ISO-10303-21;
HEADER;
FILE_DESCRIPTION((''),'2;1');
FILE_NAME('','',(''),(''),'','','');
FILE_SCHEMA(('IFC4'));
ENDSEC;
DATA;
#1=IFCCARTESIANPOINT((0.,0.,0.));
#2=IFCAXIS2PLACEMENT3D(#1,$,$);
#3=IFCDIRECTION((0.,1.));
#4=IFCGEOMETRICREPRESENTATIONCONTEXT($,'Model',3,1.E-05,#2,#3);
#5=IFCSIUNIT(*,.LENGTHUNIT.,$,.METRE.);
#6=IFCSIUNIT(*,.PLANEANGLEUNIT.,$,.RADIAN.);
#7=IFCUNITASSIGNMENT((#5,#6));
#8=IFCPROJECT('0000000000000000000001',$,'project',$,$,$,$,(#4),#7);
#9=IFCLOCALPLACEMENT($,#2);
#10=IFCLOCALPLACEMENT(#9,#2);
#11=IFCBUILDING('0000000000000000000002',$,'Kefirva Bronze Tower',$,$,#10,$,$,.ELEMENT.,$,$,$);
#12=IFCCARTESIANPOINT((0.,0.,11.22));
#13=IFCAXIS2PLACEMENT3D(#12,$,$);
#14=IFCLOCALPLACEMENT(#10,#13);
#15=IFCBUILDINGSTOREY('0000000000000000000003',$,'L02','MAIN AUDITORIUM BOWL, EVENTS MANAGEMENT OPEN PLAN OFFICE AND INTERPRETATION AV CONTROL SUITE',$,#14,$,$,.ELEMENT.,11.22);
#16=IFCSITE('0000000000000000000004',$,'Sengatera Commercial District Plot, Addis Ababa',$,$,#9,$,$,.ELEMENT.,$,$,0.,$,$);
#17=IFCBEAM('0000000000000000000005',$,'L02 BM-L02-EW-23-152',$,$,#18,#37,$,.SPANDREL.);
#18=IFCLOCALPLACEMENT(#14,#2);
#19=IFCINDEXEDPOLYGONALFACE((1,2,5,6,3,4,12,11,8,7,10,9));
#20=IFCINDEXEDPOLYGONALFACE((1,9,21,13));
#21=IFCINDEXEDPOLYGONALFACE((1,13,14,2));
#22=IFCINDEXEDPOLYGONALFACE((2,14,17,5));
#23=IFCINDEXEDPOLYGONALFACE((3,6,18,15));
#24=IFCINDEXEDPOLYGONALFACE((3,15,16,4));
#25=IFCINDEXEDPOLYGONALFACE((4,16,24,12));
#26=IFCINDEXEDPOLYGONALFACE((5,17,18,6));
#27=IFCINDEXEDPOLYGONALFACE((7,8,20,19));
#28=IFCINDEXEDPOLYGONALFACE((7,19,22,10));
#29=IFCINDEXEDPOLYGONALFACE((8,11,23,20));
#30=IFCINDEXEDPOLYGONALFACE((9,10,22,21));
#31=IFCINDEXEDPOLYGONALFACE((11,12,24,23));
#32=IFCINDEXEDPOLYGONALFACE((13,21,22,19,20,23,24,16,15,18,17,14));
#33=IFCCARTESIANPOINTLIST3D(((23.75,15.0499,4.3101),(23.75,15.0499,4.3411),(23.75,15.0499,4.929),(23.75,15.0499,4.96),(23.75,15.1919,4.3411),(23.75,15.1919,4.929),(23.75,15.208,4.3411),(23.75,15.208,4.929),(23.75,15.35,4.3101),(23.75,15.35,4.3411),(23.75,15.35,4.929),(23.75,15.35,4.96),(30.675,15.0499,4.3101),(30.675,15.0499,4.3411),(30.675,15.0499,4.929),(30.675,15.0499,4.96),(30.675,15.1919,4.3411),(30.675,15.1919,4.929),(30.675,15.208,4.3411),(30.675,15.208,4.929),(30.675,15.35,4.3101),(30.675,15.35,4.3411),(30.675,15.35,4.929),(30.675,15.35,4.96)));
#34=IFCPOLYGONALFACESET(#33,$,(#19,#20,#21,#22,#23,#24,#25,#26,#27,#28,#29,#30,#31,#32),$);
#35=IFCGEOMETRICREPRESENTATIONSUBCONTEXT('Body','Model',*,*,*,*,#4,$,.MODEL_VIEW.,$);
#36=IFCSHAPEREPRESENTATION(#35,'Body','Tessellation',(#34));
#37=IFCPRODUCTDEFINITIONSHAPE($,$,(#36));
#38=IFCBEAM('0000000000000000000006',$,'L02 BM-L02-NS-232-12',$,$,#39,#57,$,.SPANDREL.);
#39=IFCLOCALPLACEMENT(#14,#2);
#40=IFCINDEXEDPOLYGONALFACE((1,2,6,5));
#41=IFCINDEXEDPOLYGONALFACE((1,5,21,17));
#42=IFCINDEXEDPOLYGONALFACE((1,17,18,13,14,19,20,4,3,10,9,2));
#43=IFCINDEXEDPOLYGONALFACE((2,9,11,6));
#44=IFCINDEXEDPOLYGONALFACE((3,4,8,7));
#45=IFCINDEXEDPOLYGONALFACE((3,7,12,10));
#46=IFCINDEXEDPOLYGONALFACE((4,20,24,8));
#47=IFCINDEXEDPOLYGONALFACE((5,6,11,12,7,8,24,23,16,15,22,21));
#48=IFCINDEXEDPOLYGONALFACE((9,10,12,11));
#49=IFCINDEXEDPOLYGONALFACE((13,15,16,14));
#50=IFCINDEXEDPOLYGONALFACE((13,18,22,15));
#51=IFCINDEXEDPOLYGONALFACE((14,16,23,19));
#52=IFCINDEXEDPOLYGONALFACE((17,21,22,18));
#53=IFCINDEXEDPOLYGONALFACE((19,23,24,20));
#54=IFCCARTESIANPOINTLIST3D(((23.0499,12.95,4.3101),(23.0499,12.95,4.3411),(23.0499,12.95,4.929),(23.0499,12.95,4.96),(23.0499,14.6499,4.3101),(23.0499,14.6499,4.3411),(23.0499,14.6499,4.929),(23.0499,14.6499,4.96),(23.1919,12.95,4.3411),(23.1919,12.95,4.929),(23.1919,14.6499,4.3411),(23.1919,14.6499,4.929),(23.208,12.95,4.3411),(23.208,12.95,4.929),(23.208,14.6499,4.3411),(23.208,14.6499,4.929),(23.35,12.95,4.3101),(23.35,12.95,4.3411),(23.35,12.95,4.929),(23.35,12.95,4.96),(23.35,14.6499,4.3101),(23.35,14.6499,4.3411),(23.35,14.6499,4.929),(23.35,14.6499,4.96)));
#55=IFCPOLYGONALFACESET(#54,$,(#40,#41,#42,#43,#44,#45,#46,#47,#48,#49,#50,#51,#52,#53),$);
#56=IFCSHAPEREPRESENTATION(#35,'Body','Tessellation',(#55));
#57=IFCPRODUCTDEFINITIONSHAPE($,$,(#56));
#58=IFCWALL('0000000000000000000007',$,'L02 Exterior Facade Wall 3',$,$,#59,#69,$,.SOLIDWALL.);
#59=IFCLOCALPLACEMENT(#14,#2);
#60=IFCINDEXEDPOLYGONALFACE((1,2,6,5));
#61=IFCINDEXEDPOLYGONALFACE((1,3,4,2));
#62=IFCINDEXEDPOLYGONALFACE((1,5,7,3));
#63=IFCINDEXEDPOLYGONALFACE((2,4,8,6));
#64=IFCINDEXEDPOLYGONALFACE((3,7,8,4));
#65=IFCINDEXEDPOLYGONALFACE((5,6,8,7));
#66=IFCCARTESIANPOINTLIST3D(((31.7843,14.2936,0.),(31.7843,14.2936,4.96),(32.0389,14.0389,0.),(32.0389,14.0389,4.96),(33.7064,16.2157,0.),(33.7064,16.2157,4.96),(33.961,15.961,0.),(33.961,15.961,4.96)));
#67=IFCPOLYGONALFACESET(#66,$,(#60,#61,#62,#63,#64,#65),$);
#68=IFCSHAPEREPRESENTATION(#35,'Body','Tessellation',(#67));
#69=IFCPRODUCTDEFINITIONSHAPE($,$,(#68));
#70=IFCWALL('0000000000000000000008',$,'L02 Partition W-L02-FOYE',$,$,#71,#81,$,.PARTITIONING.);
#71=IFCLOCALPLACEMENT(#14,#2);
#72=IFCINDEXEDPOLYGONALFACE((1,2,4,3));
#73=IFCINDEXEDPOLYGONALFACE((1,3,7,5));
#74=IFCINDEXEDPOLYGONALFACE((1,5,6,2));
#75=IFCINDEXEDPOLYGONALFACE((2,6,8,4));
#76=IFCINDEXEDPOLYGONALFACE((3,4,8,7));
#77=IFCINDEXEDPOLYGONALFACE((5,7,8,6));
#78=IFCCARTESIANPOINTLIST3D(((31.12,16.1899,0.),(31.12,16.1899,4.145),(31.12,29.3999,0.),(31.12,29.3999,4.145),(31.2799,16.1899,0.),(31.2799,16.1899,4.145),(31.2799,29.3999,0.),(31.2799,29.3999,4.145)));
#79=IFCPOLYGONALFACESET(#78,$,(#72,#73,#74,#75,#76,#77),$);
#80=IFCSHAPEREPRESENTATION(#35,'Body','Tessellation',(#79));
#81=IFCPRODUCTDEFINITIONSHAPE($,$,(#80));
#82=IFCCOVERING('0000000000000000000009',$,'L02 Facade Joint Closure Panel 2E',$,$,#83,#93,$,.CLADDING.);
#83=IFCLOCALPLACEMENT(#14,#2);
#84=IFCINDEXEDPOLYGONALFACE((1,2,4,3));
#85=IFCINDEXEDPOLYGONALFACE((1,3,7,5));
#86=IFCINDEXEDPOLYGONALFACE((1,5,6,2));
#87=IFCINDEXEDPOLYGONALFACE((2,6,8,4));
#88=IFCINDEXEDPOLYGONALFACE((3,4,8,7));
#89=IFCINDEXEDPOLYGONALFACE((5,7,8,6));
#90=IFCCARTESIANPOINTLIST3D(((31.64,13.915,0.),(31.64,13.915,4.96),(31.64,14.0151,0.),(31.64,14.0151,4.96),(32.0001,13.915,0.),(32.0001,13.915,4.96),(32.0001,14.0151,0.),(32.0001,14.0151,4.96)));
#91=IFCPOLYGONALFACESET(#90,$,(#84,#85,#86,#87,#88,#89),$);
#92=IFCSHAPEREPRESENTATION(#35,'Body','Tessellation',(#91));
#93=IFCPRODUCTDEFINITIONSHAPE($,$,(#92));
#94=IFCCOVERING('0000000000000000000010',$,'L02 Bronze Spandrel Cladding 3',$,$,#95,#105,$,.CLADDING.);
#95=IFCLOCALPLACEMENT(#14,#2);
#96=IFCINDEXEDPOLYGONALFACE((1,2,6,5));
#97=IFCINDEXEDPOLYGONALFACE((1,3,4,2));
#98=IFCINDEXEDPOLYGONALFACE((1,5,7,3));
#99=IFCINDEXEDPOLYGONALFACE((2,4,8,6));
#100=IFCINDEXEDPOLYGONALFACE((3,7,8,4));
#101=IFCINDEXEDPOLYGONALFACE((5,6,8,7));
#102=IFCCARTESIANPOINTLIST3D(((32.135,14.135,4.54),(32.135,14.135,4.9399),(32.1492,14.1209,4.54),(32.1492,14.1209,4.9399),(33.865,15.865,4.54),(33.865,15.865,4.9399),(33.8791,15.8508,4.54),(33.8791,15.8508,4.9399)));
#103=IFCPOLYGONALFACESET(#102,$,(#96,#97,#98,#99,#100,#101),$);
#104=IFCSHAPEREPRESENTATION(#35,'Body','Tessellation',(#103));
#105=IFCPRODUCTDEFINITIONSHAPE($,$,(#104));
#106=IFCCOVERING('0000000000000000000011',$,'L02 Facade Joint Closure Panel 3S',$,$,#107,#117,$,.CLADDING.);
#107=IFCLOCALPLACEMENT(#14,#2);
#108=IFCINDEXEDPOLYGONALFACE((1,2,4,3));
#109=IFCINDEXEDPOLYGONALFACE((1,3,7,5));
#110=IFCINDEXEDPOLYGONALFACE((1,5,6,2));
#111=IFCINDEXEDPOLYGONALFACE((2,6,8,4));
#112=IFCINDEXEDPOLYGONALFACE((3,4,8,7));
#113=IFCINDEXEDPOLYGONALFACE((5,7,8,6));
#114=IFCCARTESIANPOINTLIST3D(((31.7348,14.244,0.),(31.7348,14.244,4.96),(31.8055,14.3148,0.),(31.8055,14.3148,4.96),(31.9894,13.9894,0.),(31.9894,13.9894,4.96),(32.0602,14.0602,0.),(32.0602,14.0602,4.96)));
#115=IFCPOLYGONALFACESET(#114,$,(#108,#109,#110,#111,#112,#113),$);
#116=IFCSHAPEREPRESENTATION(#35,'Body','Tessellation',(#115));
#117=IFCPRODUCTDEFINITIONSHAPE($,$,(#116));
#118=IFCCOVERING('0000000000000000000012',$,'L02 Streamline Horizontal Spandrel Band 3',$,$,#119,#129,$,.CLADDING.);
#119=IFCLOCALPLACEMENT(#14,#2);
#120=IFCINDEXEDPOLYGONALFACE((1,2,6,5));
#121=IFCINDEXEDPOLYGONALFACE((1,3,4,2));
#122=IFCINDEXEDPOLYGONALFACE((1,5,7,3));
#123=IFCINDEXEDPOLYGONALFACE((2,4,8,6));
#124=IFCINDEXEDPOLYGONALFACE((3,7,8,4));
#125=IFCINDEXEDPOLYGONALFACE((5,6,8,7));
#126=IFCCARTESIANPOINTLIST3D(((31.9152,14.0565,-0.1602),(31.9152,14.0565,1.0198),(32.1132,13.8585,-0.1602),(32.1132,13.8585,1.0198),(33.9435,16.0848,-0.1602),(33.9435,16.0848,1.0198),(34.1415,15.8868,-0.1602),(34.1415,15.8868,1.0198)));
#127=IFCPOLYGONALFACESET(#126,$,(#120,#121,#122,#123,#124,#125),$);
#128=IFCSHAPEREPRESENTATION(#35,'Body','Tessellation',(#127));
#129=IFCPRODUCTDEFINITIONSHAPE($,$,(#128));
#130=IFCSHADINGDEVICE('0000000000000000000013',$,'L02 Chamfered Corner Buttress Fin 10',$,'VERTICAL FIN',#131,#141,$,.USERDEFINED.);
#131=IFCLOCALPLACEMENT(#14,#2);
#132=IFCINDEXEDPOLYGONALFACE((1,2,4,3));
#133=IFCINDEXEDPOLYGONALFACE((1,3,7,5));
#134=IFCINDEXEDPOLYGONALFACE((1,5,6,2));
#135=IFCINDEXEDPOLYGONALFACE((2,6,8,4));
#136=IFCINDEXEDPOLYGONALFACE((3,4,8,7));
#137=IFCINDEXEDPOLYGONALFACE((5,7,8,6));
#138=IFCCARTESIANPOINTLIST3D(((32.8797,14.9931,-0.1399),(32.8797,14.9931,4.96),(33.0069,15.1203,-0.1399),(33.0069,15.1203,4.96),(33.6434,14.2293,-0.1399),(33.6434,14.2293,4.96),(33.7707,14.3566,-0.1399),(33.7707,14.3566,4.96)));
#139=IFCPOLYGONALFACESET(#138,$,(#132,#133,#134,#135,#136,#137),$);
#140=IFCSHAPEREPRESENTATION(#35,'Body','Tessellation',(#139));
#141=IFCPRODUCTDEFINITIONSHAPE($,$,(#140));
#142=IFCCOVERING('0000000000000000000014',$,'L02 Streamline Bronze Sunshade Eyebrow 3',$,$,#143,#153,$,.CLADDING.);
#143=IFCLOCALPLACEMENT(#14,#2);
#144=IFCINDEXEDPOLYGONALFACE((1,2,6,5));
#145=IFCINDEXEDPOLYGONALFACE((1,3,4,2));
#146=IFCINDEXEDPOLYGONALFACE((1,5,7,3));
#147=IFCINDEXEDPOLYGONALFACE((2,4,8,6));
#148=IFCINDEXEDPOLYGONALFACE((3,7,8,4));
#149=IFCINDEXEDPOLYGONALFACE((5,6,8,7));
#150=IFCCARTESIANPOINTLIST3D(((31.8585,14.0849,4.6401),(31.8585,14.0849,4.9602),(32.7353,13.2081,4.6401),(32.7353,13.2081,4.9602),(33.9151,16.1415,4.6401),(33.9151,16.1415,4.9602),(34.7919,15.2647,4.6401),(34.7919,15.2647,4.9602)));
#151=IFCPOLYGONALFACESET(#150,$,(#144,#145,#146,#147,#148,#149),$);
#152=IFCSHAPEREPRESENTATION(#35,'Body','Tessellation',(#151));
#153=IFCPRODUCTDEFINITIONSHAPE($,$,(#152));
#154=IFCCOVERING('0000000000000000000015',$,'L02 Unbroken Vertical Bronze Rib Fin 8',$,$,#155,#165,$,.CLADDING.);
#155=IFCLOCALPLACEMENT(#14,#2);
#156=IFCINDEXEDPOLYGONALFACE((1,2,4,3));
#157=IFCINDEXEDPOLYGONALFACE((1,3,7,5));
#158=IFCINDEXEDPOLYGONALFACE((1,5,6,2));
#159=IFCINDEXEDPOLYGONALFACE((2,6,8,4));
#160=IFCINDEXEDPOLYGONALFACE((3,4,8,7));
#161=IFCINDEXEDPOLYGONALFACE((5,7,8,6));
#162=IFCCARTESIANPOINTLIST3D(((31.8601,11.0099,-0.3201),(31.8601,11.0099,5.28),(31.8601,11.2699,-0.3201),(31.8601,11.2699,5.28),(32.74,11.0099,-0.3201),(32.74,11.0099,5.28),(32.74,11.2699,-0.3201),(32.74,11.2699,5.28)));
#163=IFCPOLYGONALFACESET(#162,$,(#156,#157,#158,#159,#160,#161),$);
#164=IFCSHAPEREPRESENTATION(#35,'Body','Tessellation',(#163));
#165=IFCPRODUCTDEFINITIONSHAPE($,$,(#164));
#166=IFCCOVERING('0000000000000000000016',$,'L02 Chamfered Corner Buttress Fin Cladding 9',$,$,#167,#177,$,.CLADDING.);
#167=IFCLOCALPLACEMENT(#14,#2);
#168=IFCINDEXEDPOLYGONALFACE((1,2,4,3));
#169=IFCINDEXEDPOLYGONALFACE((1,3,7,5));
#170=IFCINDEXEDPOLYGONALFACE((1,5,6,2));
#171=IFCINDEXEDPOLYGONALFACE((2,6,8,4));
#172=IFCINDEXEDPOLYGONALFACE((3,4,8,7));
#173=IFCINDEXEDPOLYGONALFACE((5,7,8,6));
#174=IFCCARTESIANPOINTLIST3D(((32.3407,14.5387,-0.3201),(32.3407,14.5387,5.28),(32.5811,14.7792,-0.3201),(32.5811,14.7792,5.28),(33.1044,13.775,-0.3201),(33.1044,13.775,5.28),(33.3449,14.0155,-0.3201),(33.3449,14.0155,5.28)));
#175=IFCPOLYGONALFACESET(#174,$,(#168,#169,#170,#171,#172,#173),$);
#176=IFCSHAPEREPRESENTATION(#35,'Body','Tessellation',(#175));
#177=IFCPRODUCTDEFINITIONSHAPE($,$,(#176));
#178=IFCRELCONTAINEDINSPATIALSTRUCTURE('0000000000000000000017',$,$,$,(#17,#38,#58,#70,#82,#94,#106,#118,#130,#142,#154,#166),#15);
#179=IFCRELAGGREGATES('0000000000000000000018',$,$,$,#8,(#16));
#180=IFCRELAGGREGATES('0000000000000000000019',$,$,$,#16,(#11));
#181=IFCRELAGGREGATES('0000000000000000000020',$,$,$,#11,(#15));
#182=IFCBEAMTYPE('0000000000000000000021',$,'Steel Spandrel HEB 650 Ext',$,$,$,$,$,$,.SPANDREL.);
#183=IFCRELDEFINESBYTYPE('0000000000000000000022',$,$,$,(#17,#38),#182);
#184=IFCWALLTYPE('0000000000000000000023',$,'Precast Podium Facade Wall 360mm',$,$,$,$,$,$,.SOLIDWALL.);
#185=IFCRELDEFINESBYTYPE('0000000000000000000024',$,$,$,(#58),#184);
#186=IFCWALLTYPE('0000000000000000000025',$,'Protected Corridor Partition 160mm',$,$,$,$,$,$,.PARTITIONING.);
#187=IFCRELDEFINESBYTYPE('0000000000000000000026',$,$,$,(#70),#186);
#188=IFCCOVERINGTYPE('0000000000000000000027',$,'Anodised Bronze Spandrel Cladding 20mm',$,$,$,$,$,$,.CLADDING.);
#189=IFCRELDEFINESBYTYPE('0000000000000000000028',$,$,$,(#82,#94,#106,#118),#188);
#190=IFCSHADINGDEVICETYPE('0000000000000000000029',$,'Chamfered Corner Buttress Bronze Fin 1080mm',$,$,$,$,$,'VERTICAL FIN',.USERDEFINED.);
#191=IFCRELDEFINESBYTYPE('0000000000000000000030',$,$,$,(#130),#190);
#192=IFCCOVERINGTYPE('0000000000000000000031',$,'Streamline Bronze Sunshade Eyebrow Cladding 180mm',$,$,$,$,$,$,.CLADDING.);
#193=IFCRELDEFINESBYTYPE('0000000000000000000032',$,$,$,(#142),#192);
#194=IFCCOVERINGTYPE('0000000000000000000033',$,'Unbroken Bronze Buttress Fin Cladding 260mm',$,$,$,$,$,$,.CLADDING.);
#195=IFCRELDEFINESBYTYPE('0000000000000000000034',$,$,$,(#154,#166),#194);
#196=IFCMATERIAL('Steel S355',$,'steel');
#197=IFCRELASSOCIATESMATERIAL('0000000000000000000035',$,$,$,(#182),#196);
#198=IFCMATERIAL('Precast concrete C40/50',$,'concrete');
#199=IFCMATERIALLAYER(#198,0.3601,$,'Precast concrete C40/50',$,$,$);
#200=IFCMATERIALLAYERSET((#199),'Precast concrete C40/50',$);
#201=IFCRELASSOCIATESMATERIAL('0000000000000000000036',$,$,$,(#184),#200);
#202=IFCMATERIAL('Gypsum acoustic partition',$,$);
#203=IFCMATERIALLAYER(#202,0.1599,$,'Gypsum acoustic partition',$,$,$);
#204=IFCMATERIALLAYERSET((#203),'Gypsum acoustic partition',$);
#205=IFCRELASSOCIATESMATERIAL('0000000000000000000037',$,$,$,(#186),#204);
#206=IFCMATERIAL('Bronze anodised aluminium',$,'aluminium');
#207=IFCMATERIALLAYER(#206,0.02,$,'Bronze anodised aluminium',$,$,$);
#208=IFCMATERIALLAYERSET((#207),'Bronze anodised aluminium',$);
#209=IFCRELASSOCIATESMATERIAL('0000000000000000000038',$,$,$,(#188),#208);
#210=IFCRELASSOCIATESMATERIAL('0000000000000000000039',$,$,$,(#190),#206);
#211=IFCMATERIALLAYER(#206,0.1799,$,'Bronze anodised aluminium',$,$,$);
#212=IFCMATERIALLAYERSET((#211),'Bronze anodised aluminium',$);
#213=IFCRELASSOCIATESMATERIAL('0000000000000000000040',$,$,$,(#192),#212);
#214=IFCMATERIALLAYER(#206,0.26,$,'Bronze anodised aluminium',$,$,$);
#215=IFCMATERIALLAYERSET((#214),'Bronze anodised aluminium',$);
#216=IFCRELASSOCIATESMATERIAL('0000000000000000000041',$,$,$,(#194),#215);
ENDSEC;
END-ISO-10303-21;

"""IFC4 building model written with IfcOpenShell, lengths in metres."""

from ifc_helpers import new_model, si_unit, direction, frame, frame_2d, origin, origin_2d, place, context, subcontext, project, spatial, rectangle, i_section, extrude, material, layer, layer_set, material_profile, profile_set, type_object, element, save


model = new_model("IFC4")

# Units and contexts
model_context = context("Model", 3, precision=1e-05, world=origin(), true_north=direction((0.0, 1.0)))
body_context = subcontext(model_context, "Body", "Model", "MODEL_VIEW")
ifc_project = project(units=[si_unit("LENGTHUNIT", "METRE"), si_unit("PLANEANGLEUNIT", "RADIAN")], contexts=[model_context])

# Site, building, storey
site_placement = place(None, origin())
site = spatial("IfcSite", under=ifc_project, at=site_placement, Name="Sengatera Commercial District Plot, Addis Ababa", CompositionType="ELEMENT", RefElevation=0.0)
building_placement = place(site_placement, origin())
building = spatial("IfcBuilding", under=site, at=building_placement, Name="Kefirva Bronze Tower", CompositionType="ELEMENT")
storey_placement = place(building_placement, frame((0.0, 0.0, 11.22)))
storey = spatial("IfcBuildingStorey", under=building, at=storey_placement, Name="L02", Description="MAIN AUDITORIUM BOWL, EVENTS MANAGEMENT OPEN PLAN OFFICE AND INTERPRETATION AV CONTROL SUITE", CompositionType="ELEMENT", Elevation=11.22)

# Beams
ifc_material_1 = material(Name="Steel S355", Category="steel")
ifc_material_profile_1 = material_profile(ifc_material_1, i_section(OverallWidth=0.3, OverallDepth=0.6499, WebThickness=0.0161, FlangeThickness=0.031, at=origin_2d()), Name="HEB 650")
ifc_profile_set_1 = profile_set([ifc_material_profile_1], Name="Steel S355")
beam_type_1 = type_object("IfcBeamType", Name="Steel Spandrel HEB 650 Ext", PredefinedType="SPANDREL", material=ifc_profile_set_1)
beam_1_placement = place(storey_placement, frame((23.75, 15.2, 4.635), z_axis=(1.0, 0.0, 0.0), x_axis=(0.0, 1.0, 0.0)))
element("IfcBeam", 1, at=beam_1_placement, inside=storey, type_object=beam_type_1, Name="L02 BM-L02-EW-23-152", PredefinedType="SPANDREL", context=body_context, shape_type="SweptSolid", body=[
    extrude(i_section(OverallWidth=0.3, OverallDepth=0.6499, WebThickness=0.0161, FlangeThickness=0.031, at=origin_2d()), origin(), (0.0, 0.0, 1.0), 6.925),
])
beam_2_placement = place(storey_placement, frame((23.2, 12.95, 4.635), z_axis=(0.0, 1.0, 0.0), x_axis=(-1.0, 0.0, 0.0)))
element("IfcBeam", 2, at=beam_2_placement, inside=storey, type_object=beam_type_1, Name="L02 BM-L02-NS-232-12", PredefinedType="SPANDREL", context=body_context, shape_type="SweptSolid", body=[
    extrude(i_section(OverallWidth=0.3, OverallDepth=0.6499, WebThickness=0.0161, FlangeThickness=0.031, at=origin_2d()), origin(), (0.0, 0.0, 1.0), 1.7),
])

# Walls
ifc_material_2 = material(Name="Precast concrete C40/50", Category="concrete")
ifc_layer_1 = layer(ifc_material_2, 0.3601, Name="Precast concrete C40/50")
ifc_layer_set_1 = layer_set([ifc_layer_1], Name="Precast concrete C40/50")
wall_type_1 = type_object("IfcWallType", Name="Precast Podium Facade Wall 360mm", PredefinedType="SOLIDWALL", material=ifc_layer_set_1)
wall_1_placement = place(storey_placement, frame((31.9116, 14.1663, 0.0), z_axis=(0.0, 0.0, 1.0), x_axis=(0.707107, 0.707107, 0.0)))
element("IfcWall", 3, at=wall_1_placement, inside=storey, type_object=wall_type_1, Name="L02 Exterior Facade Wall 3", PredefinedType="SOLIDWALL", context=body_context, shape_type="SweptSolid", body=[
    extrude(rectangle(XDim=2.7183, YDim=0.3601, at=frame_2d((1.3591, 0.0))), origin(), (0.0, 0.0, 1.0), 4.96),
])
ifc_material_3 = material(Name="Gypsum acoustic partition")
ifc_layer_2 = layer(ifc_material_3, 0.1599, Name="Gypsum acoustic partition")
ifc_layer_set_2 = layer_set([ifc_layer_2], Name="Gypsum acoustic partition")
wall_type_2 = type_object("IfcWallType", Name="Protected Corridor Partition 160mm", PredefinedType="PARTITIONING", material=ifc_layer_set_2)
wall_2_placement = place(storey_placement, frame((31.2, 16.1899, 0.0), z_axis=(0.0, 0.0, 1.0), x_axis=(0.0, 1.0, 0.0)))
element("IfcWall", 4, at=wall_2_placement, inside=storey, type_object=wall_type_2, Name="L02 Partition W-L02-FOYE", PredefinedType="PARTITIONING", context=body_context, shape_type="SweptSolid", body=[
    extrude(rectangle(XDim=13.21, YDim=0.1599, at=frame_2d((6.605, 0.0))), origin(), (0.0, 0.0, 1.0), 4.145),
])

# Coverings
ifc_material_4 = material(Name="Bronze anodised aluminium", Category="aluminium")
ifc_layer_3 = layer(ifc_material_4, 0.02, Name="Bronze anodised aluminium")
ifc_layer_set_3 = layer_set([ifc_layer_3], Name="Bronze anodised aluminium")
covering_type_1 = type_object("IfcCoveringType", Name="Anodised Bronze Spandrel Cladding 20mm", PredefinedType="CLADDING", material=ifc_layer_set_3)
covering_1_placement = place(storey_placement, frame((31.8201, 13.9651, 0.0), z_axis=(0.0, 0.0, 1.0), x_axis=(0.0, 1.0, 0.0)))
element("IfcCovering", 5, at=covering_1_placement, inside=storey, type_object=covering_type_1, Name="L02 Facade Joint Closure Panel 2E", PredefinedType="CLADDING", context=body_context, shape_type="SweptSolid", body=[
    extrude(rectangle(XDim=0.1001, YDim=0.3601, at=origin_2d()), origin(), (0.0, 0.0, 1.0), 4.96),
])
covering_2_placement = place(storey_placement, frame((33.0071, 14.9929, 4.54), z_axis=(0.0, 0.0, 1.0), x_axis=(0.707107, 0.707107, 0.0)))
element("IfcCovering", 6, at=covering_2_placement, inside=storey, type_object=covering_type_1, Name="L02 Bronze Spandrel Cladding 3", PredefinedType="CLADDING", context=body_context, shape_type="SweptSolid", body=[
    extrude(rectangle(XDim=2.4465, YDim=0.02, at=origin_2d()), origin(), (0.0, 0.0, 1.0), 0.3999),
])
covering_3_placement = place(storey_placement, frame((31.8975, 14.1521, 0.0), z_axis=(0.0, 0.0, 1.0), x_axis=(0.707107, 0.707107, 0.0)))
element("IfcCovering", 7, at=covering_3_placement, inside=storey, type_object=covering_type_1, Name="L02 Facade Joint Closure Panel 3S", PredefinedType="CLADDING", context=body_context, shape_type="SweptSolid", body=[
    extrude(rectangle(XDim=0.1001, YDim=0.3601, at=origin_2d()), origin(), (0.0, 0.0, 1.0), 4.96),
])
covering_4_placement = place(storey_placement, frame((33.0283, 14.9717, -0.1602), z_axis=(0.0, 0.0, 1.0), x_axis=(0.707107, 0.707107, 0.0)))
element("IfcCovering", 8, at=covering_4_placement, inside=storey, type_object=covering_type_1, Name="L02 Streamline Horizontal Spandrel Band 3", PredefinedType="CLADDING", context=body_context, shape_type="SweptSolid", body=[
    extrude(rectangle(XDim=2.8684, YDim=0.28, at=origin_2d()), origin(), (0.0, 0.0, 1.0), 1.1799),
])

# Shading device
ifc_material_profile_2 = material_profile(ifc_material_4, rectangle(XDim=0.1799, YDim=1.0801, at=origin_2d()), Name="BRONZE BUTTRESS FIN 180x1080")
ifc_profile_set_2 = profile_set([ifc_material_profile_2], Name="Bronze anodised aluminium")
shading_device_type = type_object("IfcShadingDeviceType", Name="Chamfered Corner Buttress Bronze Fin 1080mm", ElementType="VERTICAL FIN", PredefinedType="USERDEFINED", material=ifc_profile_set_2)
shading_device_placement = place(storey_placement, frame((33.3252, 14.6748, -0.1399), z_axis=(0.0, 0.0, 1.0), x_axis=(0.707107, 0.707107, 0.0)))
element("IfcShadingDevice", 9, at=shading_device_placement, inside=storey, type_object=shading_device_type, Name="L02 Chamfered Corner Buttress Fin 10", ObjectType="VERTICAL FIN", PredefinedType="USERDEFINED", context=body_context, shape_type="SweptSolid", body=[
    extrude(rectangle(XDim=0.1799, YDim=1.0801, at=origin_2d()), origin(), (0.0, 0.0, 1.0), 5.0999),
])

# Coverings
ifc_layer_4 = layer(ifc_material_4, 0.1799, Name="Bronze anodised aluminium")
ifc_layer_set_4 = layer_set([ifc_layer_4], Name="Bronze anodised aluminium")
covering_type_2 = type_object("IfcCoveringType", Name="Streamline Bronze Sunshade Eyebrow Cladding 180mm", PredefinedType="CLADDING", material=ifc_layer_set_4)
covering_5_placement = place(storey_placement, frame((33.3252, 14.6748, 4.6401), z_axis=(0.0, 0.0, 1.0), x_axis=(0.707107, 0.707107, 0.0)))
element("IfcCovering", 10, at=covering_5_placement, inside=storey, type_object=covering_type_2, Name="L02 Streamline Bronze Sunshade Eyebrow 3", PredefinedType="CLADDING", context=body_context, shape_type="SweptSolid", body=[
    extrude(rectangle(XDim=2.9084, YDim=1.24, at=origin_2d()), origin(), (0.0, 0.0, 1.0), 0.3201),
])
ifc_layer_5 = layer(ifc_material_4, 0.26, Name="Bronze anodised aluminium")
ifc_layer_set_5 = layer_set([ifc_layer_5], Name="Bronze anodised aluminium")
covering_type_3 = type_object("IfcCoveringType", Name="Unbroken Bronze Buttress Fin Cladding 260mm", PredefinedType="CLADDING", material=ifc_layer_set_5)
covering_6_placement = place(storey_placement, frame((32.3, 11.1399, -0.3201), z_axis=(0.0, 0.0, 1.0), x_axis=(0.0, 1.0, 0.0)))
element("IfcCovering", 11, at=covering_6_placement, inside=storey, type_object=covering_type_3, Name="L02 Unbroken Vertical Bronze Rib Fin 8", PredefinedType="CLADDING", context=body_context, shape_type="SweptSolid", body=[
    extrude(rectangle(XDim=0.26, YDim=0.8799, at=origin_2d()), origin(), (0.0, 0.0, 1.0), 5.6001),
])
for number, where, z_axis, x_axis, name in (
    (12, (32.8428, 14.2771, -0.3201), (0.0, 0.0, 1.0), (0.707107, 0.707107, 0.0), "L02 Chamfered Corner Buttress Fin Cladding 9"),
):
    element("IfcCovering", number, at=place(storey_placement, frame(where, z_axis=z_axis, x_axis=x_axis)), inside=storey, type_object=covering_type_3, Name=name, PredefinedType="CLADDING", context=body_context, shape_type="SweptSolid", body=[
        extrude(rectangle(XDim=0.3401, YDim=1.0801, at=origin_2d()), origin(), (0.0, 0.0, 1.0), 5.6001),
    ])

save(model, "model.ifc")
